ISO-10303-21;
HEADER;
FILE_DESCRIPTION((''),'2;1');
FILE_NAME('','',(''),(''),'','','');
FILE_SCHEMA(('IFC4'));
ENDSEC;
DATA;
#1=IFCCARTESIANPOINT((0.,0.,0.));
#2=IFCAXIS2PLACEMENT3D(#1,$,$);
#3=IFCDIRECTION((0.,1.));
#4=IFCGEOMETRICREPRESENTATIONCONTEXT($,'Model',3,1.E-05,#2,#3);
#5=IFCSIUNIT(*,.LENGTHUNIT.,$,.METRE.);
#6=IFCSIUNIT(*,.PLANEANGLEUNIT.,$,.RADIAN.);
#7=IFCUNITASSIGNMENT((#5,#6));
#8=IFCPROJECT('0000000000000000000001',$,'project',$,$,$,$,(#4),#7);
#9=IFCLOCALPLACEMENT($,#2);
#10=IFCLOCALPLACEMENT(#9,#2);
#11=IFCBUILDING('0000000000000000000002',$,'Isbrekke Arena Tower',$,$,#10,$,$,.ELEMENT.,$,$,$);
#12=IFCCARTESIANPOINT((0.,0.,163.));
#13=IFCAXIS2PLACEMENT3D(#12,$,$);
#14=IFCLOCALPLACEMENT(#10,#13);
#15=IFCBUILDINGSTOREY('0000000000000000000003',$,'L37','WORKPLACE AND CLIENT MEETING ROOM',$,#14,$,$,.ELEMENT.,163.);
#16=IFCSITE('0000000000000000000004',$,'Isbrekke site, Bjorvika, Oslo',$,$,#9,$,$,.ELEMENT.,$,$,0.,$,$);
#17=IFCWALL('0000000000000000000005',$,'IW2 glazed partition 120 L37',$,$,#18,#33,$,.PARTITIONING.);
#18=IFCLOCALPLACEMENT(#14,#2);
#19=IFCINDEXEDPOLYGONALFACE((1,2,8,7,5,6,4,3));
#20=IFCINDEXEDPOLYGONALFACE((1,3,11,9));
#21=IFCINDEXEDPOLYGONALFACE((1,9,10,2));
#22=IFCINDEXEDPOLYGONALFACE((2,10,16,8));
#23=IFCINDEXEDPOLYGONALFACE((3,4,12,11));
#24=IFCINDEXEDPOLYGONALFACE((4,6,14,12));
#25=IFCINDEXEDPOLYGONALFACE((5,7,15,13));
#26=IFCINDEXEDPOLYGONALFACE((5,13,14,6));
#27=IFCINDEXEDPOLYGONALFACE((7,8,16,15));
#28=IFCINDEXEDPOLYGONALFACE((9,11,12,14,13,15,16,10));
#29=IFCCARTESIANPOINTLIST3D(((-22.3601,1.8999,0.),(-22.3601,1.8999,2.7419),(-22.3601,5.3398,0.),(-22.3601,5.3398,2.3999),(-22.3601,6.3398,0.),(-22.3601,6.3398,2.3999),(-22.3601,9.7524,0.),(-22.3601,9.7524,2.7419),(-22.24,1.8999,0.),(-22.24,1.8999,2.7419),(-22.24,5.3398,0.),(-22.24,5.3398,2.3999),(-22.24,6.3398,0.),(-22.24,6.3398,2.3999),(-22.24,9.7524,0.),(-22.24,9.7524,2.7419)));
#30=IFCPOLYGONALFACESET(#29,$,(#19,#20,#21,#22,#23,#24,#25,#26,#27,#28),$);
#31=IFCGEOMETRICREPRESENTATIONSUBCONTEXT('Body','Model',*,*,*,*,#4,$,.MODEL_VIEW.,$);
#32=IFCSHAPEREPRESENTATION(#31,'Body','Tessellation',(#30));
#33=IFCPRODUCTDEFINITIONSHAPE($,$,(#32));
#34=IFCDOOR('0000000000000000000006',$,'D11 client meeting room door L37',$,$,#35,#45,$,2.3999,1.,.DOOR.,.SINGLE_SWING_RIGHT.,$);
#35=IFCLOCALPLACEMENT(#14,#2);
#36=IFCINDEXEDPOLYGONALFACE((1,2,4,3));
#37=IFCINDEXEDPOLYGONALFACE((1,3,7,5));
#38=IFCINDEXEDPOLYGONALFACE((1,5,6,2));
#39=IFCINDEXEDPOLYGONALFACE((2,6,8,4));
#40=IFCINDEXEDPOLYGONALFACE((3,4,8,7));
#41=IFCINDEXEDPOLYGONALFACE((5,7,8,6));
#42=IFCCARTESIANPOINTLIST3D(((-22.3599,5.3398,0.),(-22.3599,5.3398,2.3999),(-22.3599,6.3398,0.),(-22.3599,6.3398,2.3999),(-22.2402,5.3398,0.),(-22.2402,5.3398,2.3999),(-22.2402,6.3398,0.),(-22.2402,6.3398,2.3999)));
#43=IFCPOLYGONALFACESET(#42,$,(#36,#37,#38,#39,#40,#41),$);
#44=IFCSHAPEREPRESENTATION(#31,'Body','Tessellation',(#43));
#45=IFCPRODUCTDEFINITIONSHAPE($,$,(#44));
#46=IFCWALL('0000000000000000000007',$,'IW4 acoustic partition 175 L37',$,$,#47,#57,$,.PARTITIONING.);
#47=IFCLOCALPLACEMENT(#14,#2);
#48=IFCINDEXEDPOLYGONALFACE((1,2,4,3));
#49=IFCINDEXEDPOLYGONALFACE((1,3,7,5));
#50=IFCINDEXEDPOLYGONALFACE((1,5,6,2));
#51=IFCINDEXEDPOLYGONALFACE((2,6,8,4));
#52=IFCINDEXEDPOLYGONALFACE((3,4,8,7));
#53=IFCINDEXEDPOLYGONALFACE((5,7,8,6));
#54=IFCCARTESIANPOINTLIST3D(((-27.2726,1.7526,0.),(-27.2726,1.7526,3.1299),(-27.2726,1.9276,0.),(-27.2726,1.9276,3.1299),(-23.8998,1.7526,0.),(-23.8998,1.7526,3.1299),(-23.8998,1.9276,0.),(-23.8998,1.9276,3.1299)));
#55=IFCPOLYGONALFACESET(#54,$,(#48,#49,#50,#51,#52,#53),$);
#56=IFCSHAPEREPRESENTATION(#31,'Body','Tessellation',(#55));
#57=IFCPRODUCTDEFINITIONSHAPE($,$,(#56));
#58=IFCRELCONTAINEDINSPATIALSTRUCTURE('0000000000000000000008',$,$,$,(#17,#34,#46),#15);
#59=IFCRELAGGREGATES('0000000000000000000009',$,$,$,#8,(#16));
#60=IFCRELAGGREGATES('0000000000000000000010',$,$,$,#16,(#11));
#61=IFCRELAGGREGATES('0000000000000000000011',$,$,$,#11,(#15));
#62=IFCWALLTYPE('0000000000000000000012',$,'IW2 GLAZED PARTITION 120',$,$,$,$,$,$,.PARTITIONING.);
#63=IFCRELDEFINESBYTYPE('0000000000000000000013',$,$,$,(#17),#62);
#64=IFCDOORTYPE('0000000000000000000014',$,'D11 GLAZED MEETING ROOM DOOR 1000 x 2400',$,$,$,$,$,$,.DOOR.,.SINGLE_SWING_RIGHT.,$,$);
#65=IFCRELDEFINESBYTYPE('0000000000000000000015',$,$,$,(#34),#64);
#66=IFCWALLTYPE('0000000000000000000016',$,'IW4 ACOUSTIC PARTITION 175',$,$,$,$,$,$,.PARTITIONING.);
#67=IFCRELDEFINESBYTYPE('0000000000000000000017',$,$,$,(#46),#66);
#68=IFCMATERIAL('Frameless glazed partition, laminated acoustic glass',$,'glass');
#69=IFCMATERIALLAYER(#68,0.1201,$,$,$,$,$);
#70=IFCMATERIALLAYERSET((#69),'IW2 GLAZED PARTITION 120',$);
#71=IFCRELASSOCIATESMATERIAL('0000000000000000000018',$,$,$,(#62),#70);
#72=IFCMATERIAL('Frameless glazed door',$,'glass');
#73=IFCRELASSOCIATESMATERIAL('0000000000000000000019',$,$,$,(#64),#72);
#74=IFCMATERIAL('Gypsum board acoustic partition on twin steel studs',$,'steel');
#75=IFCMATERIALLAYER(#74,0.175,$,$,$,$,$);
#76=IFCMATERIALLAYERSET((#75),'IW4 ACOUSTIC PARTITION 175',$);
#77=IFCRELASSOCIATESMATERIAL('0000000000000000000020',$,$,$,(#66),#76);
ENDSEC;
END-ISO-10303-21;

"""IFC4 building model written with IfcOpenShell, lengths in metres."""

from ifc_helpers import new_model, si_unit, direction, frame, frame_2d, origin, place, context, subcontext, project, spatial, rectangle, extrude, material, layer, layer_set, type_object, element, fill, save


model = new_model("IFC4")

# Units and contexts
model_context = context("Model", 3, precision=1e-05, world=origin(), true_north=direction((0.0, 1.0)))
body_context = subcontext(model_context, "Body", "Model", "MODEL_VIEW")
ifc_project = project(units=[si_unit("LENGTHUNIT", "METRE"), si_unit("PLANEANGLEUNIT", "RADIAN")], contexts=[model_context])

# Site, building, storey
site_placement = place(None, origin())
site = spatial("IfcSite", under=ifc_project, at=site_placement, Name="Isbrekke site, Bjorvika, Oslo", CompositionType="ELEMENT", RefElevation=0.0)
building_placement = place(site_placement, origin())
building = spatial("IfcBuilding", under=site, at=building_placement, Name="Isbrekke Arena Tower", CompositionType="ELEMENT")
storey_placement = place(building_placement, frame((0.0, 0.0, 163.0)))
storey = spatial("IfcBuildingStorey", under=building, at=storey_placement, Name="L37", Description="WORKPLACE AND CLIENT MEETING ROOM", CompositionType="ELEMENT", Elevation=163.0)

# Shared definitions
ifc_material_1 = material(Name="Frameless glazed partition, laminated acoustic glass", Category="glass")
ifc_layer_1 = layer(ifc_material_1, 0.1201)
ifc_layer_set_1 = layer_set([ifc_layer_1], Name="IW2 GLAZED PARTITION 120")
wall_type_1 = type_object("IfcWallType", Name="IW2 GLAZED PARTITION 120", PredefinedType="PARTITIONING", material=ifc_layer_set_1)

# Wall, opening, door
ifc_material_2 = material(Name="Frameless glazed door", Category="glass")
door_type = type_object("IfcDoorType", Name="D11 GLAZED MEETING ROOM DOOR 1000 x 2400", OperationType="SINGLE_SWING_RIGHT", PredefinedType="DOOR", material=ifc_material_2)
wall_1_placement = place(storey_placement, frame((-22.3, 1.8999, 0.0), z_axis=(0.0, 0.0, 1.0), x_axis=(0.0, 1.0, 0.0)))
wall_1 = element("IfcWall", 1, at=wall_1_placement, inside=storey, type_object=wall_type_1, Name="IW2 glazed partition 120 L37", PredefinedType="PARTITIONING", context=body_context, shape_type="SweptSolid", body=[
    extrude(rectangle(XDim=7.8525, YDim=0.1201, at=frame_2d((3.9263, 0.0))), origin(), (0.0, 0.0, 1.0), 2.7419),
])
opening_1_placement = place(wall_1_placement, frame((3.4399, 0.0, 0.0)))
opening_1 = element("IfcOpeningElement", 2, at=opening_1_placement, cuts=wall_1, PredefinedType="OPENING", context=body_context, shape_type="SweptSolid", body=[
    extrude(rectangle(XDim=1.0, YDim=2.3999, at=frame_2d((0.5, 1.2))), frame((0.0, 0.075, 0.0), z_axis=(0.0, -1.0, 0.0), x_axis=(1.0, 0.0, 0.0)), (0.0, 0.0, 1.0), 0.1499),
])
door_1_placement = place(opening_1_placement, origin())
door_1 = element("IfcDoor", 3, at=door_1_placement, inside=storey, type_object=door_type, Name="D11 client meeting room door L37", OperationType="SINGLE_SWING_RIGHT", OverallHeight=2.3999, OverallWidth=1.0, PredefinedType="DOOR", context=body_context, shape_type="SweptSolid", body=[
    extrude(rectangle(XDim=1.0, YDim=2.3999, at=frame_2d((0.5, 1.2))), frame((0.0, 0.0598, 0.0), z_axis=(0.0, -1.0, 0.0), x_axis=(1.0, 0.0, 0.0)), (0.0, 0.0, 1.0), 0.1196),
])
fill(opening_1, door_1)

# Wall
ifc_material_3 = material(Name="Gypsum board acoustic partition on twin steel studs", Category="steel")
ifc_layer_2 = layer(ifc_material_3, 0.175)
ifc_layer_set_2 = layer_set([ifc_layer_2], Name="IW4 ACOUSTIC PARTITION 175")
wall_type_2 = type_object("IfcWallType", Name="IW4 ACOUSTIC PARTITION 175", PredefinedType="PARTITIONING", material=ifc_layer_set_2)
wall_2_placement = place(storey_placement, frame((-27.2727, 1.8401, 0.0), z_axis=(0.0, 0.0, 1.0), x_axis=(1.0, 0.0, 0.0)))
element("IfcWall", 4, at=wall_2_placement, inside=storey, type_object=wall_type_2, Name="IW4 acoustic partition 175 L37", PredefinedType="PARTITIONING", context=body_context, shape_type="SweptSolid", body=[
    extrude(rectangle(XDim=3.3728, YDim=0.175, at=frame_2d((1.6865, 0.0))), origin(), (0.0, 0.0, 1.0), 3.1299),
])

save(model, "model.ifc")
